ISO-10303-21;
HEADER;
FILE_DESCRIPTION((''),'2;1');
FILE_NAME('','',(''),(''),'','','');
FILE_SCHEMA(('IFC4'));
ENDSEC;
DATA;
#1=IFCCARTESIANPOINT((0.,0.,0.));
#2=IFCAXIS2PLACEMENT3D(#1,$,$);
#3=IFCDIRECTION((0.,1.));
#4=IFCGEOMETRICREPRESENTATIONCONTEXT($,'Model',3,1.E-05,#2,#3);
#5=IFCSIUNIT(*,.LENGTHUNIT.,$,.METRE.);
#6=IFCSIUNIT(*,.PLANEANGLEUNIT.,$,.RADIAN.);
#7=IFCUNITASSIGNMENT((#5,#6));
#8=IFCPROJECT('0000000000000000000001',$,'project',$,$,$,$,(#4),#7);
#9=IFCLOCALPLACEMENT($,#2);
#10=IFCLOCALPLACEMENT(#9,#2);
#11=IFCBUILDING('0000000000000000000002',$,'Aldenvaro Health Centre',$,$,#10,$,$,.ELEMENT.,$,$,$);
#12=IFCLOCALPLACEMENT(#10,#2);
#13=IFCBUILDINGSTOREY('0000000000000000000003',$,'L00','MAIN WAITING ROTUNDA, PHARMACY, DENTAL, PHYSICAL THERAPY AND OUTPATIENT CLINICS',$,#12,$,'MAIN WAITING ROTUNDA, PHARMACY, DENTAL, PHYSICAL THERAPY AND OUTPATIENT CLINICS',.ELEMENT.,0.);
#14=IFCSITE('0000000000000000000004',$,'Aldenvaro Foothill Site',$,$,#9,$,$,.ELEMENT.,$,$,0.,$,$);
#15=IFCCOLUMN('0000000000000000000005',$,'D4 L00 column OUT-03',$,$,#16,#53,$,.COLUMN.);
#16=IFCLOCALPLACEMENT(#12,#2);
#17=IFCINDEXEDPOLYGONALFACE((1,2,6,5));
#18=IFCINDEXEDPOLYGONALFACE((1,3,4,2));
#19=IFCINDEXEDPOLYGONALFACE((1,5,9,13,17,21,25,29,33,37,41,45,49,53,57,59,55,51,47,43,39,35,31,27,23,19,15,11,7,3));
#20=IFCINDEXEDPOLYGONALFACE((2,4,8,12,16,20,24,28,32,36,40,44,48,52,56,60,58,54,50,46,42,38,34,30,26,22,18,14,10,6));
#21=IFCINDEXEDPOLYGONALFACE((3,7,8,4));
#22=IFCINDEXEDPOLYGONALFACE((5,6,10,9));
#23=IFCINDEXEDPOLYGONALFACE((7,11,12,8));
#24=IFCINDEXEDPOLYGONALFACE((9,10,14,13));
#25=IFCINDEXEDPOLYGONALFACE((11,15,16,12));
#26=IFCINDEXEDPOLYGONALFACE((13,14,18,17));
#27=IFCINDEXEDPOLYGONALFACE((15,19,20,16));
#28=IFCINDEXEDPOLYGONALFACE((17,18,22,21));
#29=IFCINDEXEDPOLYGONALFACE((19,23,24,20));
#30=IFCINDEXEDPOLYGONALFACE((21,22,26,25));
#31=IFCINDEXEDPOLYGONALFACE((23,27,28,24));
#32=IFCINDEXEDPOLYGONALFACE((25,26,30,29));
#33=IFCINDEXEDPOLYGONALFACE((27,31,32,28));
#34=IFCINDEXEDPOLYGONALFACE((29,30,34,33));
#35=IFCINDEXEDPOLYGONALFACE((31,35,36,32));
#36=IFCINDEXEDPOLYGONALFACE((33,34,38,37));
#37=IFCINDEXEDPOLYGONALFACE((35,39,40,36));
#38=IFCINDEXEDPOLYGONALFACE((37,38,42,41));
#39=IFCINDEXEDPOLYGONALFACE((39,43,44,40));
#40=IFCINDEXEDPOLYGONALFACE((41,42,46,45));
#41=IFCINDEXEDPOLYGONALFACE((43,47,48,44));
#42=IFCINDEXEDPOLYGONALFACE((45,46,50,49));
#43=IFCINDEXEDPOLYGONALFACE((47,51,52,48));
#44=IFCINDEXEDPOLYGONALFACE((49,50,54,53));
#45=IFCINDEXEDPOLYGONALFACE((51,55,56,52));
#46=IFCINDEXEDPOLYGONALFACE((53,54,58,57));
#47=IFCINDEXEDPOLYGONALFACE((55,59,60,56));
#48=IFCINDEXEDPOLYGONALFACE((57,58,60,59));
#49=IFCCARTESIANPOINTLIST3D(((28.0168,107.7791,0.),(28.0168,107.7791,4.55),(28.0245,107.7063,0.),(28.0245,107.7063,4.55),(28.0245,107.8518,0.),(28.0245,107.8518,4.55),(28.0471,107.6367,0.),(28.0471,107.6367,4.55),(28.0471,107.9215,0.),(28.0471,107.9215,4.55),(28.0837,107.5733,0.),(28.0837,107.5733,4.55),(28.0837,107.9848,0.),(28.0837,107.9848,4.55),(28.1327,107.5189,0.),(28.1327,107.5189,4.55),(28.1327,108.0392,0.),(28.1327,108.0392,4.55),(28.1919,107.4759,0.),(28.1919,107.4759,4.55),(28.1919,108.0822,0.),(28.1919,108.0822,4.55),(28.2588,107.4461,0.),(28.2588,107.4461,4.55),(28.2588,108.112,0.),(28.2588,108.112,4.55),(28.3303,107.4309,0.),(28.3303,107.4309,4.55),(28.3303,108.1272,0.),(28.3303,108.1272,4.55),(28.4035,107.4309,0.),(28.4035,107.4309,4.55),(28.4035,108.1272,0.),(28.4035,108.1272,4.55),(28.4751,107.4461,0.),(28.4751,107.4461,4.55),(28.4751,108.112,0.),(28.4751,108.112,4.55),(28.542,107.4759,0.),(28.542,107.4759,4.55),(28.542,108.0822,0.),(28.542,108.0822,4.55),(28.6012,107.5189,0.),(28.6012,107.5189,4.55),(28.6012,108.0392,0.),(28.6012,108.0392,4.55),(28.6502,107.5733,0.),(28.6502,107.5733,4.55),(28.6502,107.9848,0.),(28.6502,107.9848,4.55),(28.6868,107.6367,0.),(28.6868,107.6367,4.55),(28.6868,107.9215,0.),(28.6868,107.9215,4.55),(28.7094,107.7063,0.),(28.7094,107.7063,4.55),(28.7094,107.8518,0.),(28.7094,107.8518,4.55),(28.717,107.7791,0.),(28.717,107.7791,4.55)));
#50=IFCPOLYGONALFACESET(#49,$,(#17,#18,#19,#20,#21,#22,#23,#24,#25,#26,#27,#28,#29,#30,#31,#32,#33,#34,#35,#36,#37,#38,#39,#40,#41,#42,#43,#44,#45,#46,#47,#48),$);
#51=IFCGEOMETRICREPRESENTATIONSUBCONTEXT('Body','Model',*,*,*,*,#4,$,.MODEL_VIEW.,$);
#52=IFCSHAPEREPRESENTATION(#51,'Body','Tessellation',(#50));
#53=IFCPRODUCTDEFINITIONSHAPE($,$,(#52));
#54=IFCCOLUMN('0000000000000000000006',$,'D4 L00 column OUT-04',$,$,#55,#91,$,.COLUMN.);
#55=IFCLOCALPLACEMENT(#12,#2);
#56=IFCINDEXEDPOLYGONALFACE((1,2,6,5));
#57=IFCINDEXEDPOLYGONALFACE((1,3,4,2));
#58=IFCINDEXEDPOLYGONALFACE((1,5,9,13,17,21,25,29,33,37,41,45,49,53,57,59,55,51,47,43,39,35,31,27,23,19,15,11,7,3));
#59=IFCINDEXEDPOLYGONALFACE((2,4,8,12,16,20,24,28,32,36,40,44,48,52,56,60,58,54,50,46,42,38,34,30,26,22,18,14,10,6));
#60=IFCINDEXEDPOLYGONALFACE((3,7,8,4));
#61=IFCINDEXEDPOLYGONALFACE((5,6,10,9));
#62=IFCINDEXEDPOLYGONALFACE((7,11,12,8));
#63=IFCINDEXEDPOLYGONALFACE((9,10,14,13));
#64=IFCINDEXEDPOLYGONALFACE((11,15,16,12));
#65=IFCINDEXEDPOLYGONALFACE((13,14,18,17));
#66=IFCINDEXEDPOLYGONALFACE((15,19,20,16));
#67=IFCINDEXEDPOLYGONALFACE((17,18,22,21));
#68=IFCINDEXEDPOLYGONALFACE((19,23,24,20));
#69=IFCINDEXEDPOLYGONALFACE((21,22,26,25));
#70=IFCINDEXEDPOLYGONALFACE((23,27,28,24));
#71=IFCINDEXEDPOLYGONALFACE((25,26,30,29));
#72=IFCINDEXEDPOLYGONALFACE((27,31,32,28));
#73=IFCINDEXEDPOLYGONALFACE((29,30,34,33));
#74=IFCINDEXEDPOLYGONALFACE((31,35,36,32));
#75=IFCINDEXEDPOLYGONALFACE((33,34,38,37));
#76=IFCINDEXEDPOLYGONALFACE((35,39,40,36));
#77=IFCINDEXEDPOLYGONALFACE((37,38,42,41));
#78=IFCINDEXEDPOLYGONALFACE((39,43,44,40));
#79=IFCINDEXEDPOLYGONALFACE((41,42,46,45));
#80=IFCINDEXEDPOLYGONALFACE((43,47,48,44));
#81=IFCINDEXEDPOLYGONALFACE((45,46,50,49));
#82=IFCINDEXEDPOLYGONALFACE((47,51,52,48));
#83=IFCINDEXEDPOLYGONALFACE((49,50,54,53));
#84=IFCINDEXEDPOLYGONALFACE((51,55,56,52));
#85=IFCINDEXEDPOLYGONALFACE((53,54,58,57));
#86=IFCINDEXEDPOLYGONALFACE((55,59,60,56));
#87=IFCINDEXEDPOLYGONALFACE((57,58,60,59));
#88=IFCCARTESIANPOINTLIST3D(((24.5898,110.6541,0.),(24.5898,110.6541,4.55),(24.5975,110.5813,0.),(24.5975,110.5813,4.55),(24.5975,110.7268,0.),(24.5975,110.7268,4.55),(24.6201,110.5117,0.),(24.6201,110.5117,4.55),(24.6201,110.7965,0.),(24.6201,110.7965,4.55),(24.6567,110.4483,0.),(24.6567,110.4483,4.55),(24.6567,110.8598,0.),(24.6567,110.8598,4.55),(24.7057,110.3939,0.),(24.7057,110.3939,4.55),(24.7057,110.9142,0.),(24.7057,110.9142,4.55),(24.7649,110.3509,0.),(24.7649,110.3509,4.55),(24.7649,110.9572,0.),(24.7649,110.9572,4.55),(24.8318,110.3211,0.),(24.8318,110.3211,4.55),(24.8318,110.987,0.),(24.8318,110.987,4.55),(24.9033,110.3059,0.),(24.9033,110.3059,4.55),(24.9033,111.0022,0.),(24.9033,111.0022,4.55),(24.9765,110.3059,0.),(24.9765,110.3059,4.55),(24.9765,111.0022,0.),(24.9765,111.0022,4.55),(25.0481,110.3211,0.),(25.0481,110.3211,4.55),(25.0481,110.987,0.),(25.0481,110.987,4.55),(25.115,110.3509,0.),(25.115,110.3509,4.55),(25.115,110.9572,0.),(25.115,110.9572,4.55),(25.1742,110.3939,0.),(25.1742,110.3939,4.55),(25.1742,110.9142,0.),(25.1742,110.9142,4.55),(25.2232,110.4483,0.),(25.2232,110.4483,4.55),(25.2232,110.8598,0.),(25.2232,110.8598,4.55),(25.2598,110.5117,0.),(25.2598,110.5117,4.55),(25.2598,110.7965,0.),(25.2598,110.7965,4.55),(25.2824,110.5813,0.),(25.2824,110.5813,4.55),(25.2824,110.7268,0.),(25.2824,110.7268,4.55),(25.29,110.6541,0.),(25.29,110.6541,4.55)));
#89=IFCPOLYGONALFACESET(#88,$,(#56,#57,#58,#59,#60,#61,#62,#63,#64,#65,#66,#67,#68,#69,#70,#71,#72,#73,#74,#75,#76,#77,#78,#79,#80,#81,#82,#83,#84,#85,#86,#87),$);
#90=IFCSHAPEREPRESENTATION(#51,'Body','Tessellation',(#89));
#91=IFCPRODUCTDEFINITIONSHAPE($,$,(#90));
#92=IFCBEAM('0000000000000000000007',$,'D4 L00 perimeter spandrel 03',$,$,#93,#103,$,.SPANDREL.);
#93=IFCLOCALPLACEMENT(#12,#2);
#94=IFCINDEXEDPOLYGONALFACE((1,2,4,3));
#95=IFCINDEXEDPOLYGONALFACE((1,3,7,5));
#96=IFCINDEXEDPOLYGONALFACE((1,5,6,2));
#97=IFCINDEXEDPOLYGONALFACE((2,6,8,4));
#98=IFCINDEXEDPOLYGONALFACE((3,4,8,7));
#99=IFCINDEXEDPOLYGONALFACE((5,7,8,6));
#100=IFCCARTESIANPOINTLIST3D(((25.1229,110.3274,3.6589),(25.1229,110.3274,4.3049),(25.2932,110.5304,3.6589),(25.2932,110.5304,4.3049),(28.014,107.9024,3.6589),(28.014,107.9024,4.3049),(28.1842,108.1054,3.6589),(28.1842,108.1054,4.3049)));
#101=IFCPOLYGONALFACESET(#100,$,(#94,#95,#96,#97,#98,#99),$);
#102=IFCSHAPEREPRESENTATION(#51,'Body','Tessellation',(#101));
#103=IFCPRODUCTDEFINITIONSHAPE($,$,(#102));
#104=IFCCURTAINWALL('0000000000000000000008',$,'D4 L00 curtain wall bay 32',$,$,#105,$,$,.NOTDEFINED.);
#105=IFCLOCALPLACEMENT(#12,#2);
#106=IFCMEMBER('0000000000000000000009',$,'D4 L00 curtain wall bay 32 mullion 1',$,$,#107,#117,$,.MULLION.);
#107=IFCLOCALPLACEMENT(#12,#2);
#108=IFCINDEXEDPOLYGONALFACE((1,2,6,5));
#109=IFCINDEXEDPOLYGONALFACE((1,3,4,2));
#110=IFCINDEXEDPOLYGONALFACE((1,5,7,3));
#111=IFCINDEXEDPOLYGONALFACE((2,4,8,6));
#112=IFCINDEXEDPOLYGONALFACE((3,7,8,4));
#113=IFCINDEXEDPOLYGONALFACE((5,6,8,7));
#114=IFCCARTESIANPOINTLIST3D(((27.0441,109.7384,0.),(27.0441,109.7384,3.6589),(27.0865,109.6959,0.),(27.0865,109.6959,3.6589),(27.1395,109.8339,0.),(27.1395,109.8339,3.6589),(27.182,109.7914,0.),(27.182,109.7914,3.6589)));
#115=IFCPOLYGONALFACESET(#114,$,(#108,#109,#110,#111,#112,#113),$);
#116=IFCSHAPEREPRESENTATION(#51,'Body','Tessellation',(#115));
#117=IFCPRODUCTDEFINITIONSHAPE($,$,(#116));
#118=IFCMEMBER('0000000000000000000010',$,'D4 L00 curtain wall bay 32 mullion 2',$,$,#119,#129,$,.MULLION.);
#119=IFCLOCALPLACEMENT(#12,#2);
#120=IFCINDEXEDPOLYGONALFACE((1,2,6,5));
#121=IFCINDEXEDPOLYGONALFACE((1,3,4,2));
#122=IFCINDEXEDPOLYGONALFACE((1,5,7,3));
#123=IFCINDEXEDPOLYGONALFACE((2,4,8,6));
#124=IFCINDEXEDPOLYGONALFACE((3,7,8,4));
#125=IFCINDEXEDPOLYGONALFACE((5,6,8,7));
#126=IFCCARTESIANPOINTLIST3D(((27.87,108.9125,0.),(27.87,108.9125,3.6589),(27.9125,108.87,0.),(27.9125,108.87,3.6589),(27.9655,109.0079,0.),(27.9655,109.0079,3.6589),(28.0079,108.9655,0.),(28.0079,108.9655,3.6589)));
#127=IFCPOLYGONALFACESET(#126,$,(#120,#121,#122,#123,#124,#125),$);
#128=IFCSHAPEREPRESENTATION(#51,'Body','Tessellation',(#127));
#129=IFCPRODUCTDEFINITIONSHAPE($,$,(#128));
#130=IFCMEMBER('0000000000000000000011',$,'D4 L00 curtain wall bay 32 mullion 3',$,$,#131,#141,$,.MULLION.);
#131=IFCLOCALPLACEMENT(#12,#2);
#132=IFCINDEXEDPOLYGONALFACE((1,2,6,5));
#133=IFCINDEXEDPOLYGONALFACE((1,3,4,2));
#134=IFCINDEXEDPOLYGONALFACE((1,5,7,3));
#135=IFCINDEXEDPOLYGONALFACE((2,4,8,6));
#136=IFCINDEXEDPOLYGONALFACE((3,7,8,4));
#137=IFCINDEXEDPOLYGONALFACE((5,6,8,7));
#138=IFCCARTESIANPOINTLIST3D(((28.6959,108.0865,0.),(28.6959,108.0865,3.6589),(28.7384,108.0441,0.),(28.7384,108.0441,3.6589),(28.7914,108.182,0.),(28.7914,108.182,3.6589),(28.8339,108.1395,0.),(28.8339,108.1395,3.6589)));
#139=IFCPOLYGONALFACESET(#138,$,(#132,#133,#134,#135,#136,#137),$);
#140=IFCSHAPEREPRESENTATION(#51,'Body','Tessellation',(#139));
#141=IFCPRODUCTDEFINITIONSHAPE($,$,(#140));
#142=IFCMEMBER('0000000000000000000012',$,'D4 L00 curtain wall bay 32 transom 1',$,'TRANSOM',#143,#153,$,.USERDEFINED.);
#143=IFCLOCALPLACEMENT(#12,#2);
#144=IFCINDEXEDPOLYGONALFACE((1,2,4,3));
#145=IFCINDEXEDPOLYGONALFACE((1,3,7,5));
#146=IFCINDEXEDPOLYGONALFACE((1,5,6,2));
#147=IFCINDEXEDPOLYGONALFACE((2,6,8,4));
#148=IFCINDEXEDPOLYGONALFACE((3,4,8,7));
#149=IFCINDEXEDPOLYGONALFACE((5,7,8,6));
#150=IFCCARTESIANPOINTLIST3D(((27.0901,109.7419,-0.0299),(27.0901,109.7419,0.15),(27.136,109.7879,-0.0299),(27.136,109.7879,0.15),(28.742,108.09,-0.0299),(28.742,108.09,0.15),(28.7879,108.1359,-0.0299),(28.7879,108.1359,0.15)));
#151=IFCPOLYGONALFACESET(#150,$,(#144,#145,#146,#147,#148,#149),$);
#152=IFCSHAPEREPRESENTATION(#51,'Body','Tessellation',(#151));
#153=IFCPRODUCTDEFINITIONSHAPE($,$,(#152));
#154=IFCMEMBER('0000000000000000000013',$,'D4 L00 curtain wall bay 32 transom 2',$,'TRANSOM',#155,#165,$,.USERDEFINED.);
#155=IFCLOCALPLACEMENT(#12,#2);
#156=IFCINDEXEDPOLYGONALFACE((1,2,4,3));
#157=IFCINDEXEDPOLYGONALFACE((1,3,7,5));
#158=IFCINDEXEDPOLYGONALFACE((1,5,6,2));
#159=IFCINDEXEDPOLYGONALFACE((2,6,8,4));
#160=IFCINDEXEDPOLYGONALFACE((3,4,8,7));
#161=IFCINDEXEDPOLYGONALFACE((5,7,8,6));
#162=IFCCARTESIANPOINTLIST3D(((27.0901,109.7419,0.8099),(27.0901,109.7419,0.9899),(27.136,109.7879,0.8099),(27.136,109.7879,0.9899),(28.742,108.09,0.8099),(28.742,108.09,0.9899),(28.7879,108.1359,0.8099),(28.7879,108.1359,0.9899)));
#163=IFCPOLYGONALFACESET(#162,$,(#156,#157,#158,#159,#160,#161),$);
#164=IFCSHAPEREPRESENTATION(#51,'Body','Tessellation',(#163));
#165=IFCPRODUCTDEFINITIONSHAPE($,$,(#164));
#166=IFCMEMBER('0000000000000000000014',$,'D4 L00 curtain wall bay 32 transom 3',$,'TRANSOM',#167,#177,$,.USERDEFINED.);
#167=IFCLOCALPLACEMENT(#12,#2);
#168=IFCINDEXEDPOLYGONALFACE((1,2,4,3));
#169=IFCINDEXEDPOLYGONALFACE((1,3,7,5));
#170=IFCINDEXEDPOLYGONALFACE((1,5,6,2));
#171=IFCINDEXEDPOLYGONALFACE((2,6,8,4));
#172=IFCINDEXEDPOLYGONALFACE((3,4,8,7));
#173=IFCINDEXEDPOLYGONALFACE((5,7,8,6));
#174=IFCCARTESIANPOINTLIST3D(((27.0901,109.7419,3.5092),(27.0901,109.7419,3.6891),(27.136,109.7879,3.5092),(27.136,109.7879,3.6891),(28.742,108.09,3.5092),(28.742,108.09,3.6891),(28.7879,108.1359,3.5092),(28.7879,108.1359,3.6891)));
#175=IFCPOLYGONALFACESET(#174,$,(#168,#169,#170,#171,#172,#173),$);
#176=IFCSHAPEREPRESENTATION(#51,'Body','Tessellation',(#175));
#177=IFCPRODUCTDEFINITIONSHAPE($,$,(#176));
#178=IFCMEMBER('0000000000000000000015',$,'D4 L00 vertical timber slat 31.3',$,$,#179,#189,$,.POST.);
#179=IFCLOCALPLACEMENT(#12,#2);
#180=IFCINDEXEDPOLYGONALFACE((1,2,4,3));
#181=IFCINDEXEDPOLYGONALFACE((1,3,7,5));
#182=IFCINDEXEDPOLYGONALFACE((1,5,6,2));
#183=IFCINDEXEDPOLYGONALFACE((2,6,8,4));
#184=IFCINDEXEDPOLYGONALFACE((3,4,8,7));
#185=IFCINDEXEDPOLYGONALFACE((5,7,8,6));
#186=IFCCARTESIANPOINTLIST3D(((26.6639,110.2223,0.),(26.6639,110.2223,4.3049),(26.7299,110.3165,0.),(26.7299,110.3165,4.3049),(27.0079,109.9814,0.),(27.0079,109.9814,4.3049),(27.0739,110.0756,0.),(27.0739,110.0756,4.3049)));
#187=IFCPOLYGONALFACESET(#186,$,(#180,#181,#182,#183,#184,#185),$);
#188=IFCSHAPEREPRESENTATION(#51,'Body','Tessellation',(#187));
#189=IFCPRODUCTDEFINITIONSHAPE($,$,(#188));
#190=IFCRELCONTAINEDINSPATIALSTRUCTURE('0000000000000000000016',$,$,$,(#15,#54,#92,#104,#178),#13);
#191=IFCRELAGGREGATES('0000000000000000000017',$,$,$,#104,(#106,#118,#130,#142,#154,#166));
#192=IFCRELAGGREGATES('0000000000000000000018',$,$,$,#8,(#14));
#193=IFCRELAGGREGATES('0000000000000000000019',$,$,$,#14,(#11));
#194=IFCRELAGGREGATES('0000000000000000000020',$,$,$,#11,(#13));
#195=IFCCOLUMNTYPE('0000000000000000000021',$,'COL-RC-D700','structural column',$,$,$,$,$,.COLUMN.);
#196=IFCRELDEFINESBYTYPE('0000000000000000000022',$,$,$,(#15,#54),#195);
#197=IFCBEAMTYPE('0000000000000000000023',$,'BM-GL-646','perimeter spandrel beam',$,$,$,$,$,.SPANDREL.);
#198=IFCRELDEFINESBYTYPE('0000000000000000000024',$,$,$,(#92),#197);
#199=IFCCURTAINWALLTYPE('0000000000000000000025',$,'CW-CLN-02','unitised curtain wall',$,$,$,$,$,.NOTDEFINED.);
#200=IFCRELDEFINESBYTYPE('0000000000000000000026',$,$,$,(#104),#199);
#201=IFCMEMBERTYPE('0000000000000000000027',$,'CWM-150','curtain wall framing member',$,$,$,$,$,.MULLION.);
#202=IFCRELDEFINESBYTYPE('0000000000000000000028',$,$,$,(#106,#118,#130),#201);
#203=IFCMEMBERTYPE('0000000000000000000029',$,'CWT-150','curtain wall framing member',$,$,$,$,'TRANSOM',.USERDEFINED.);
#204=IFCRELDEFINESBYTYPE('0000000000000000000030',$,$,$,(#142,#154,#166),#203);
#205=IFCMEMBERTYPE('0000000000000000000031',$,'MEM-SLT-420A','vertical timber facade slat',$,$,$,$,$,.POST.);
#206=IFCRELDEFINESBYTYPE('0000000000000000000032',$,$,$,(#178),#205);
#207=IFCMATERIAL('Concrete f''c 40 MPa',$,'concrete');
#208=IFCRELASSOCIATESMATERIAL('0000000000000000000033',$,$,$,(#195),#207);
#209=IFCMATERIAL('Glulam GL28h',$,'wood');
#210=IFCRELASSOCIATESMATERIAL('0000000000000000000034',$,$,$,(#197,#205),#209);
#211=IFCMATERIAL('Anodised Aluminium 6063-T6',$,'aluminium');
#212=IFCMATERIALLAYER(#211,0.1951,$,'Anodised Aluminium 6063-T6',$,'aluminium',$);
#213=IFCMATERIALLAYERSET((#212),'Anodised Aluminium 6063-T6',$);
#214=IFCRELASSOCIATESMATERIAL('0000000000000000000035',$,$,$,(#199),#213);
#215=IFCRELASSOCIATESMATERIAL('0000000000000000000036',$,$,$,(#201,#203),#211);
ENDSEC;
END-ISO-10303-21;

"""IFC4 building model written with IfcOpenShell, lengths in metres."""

from ifc_helpers import new_model, si_unit, direction, frame, origin, origin_2d, place, context, subcontext, project, spatial, rectangle, circle, extrude, material, layer, layer_set, material_profile, profile_set, type_object, element, aggregate, save


model = new_model("IFC4")

# Units and contexts
model_context = context("Model", 3, precision=1e-05, world=origin(), true_north=direction((0.0, 1.0)))
body_context = subcontext(model_context, "Body", "Model", "MODEL_VIEW")
ifc_project = project(units=[si_unit("LENGTHUNIT", "METRE"), si_unit("PLANEANGLEUNIT", "RADIAN")], contexts=[model_context])

# Site, building, storey
site_placement = place(None, origin())
site = spatial("IfcSite", under=ifc_project, at=site_placement, Name="Aldenvaro Foothill Site", CompositionType="ELEMENT", RefElevation=0.0)
building_placement = place(site_placement, origin())
building = spatial("IfcBuilding", under=site, at=building_placement, Name="Aldenvaro Health Centre", CompositionType="ELEMENT")
storey_placement = place(building_placement, origin())
storey = spatial("IfcBuildingStorey", under=building, at=storey_placement, Name="L00", Description="MAIN WAITING ROTUNDA, PHARMACY, DENTAL, PHYSICAL THERAPY AND OUTPATIENT CLINICS", LongName="MAIN WAITING ROTUNDA, PHARMACY, DENTAL, PHYSICAL THERAPY AND OUTPATIENT CLINICS", CompositionType="ELEMENT", Elevation=0.0)

# Columns
ifc_material_1 = material(Name="Concrete f'c 40 MPa", Category="concrete")
ifc_material_profile_1 = material_profile(ifc_material_1, circle(Radius=0.3501, at=origin_2d()), Name="RC D700", Category="concrete")
ifc_profile_set_1 = profile_set([ifc_material_profile_1], Name="Concrete f'c 40 MPa")
column_type = type_object("IfcColumnType", Name="COL-RC-D700", Description="structural column", PredefinedType="COLUMN", material=ifc_profile_set_1)
for number, where, z_axis, x_axis, name in (
    (1, (28.3669, 107.7791, 0.0), (0.0, 0.0, 1.0), (1.0, 0.0, 0.0), "D4 L00 column OUT-03"),
    (2, (24.9399, 110.6541, 0.0), (0.0, 0.0, 1.0), (1.0, 0.0, 0.0), "D4 L00 column OUT-04"),
):
    element("IfcColumn", number, at=place(storey_placement, frame(where, z_axis=z_axis, x_axis=x_axis)), inside=storey, type_object=column_type, Name=name, PredefinedType="COLUMN", context=body_context, shape_type="SweptSolid", body=[
        extrude(circle(Radius=0.3501, at=origin_2d()), origin(), (0.0, 0.0, 1.0), 4.55),
    ])

# Beam
ifc_material_2 = material(Name="Glulam GL28h", Category="wood")
ifc_material_profile_2 = material_profile(ifc_material_2, rectangle(XDim=0.2649, YDim=0.646, at=origin_2d()), Name="GL 265x646", Category="wood")
ifc_profile_set_2 = profile_set([ifc_material_profile_2], Name="Glulam GL28h")
beam_type = type_object("IfcBeamType", Name="BM-GL-646", Description="perimeter spandrel beam", PredefinedType="SPANDREL", material=ifc_profile_set_2)
beam_placement = place(storey_placement, frame((28.0991, 108.0039, 3.9819), z_axis=(-0.76616, 0.64265, 0.0), x_axis=(-0.64265, -0.76616, 0.0)))
element("IfcBeam", 3, at=beam_placement, inside=storey, type_object=beam_type, Name="D4 L00 perimeter spandrel 03", PredefinedType="SPANDREL", context=body_context, shape_type="SweptSolid", body=[
    extrude(rectangle(XDim=0.2649, YDim=0.646, at=origin_2d()), origin(), (0.0, 0.0, 1.0), 3.7734),
])

# Curtain wall, members
ifc_material_3 = material(Name="Anodised Aluminium 6063-T6", Category="aluminium")
ifc_layer_1 = layer(ifc_material_3, 0.1951, Name="Anodised Aluminium 6063-T6", Category="aluminium")
ifc_layer_set_1 = layer_set([ifc_layer_1], Name="Anodised Aluminium 6063-T6")
curtain_wall_type = type_object("IfcCurtainWallType", Name="CW-CLN-02", Description="unitised curtain wall", PredefinedType="NOTDEFINED", material=ifc_layer_set_1)
curtain_wall_placement = place(storey_placement, origin())
curtain_wall = element("IfcCurtainWall", 4, at=curtain_wall_placement, inside=storey, type_object=curtain_wall_type, Name="D4 L00 curtain wall bay 32", PredefinedType="NOTDEFINED")
ifc_material_profile_3 = material_profile(ifc_material_3, rectangle(XDim=0.0601, YDim=0.135, at=origin_2d()), Name="ALU 60x135", Category="aluminium")
ifc_profile_set_3 = profile_set([ifc_material_profile_3], Name="Anodised Aluminium 6063-T6")
member_type_1 = type_object("IfcMemberType", Name="CWM-150", Description="curtain wall framing member", PredefinedType="MULLION", material=ifc_profile_set_3)
member_1_placement = place(storey_placement, frame((27.113, 109.7649, 0.0), z_axis=(0.0, 0.0, 1.0), x_axis=(0.707107, -0.707107, 0.0)))
member_1 = element("IfcMember", 5, at=member_1_placement, type_object=member_type_1, Name="D4 L00 curtain wall bay 32 mullion 1", PredefinedType="MULLION", context=body_context, shape_type="SweptSolid", body=[
    extrude(rectangle(XDim=0.0601, YDim=0.135, at=origin_2d()), origin(), (0.0, 0.0, 1.0), 3.6589),
])
member_2_placement = place(storey_placement, frame((27.939, 108.939, 0.0), z_axis=(0.0, 0.0, 1.0), x_axis=(0.707107, -0.707107, 0.0)))
member_2 = element("IfcMember", 6, at=member_2_placement, type_object=member_type_1, Name="D4 L00 curtain wall bay 32 mullion 2", PredefinedType="MULLION", context=body_context, shape_type="SweptSolid", body=[
    extrude(rectangle(XDim=0.0601, YDim=0.135, at=origin_2d()), origin(), (0.0, 0.0, 1.0), 3.6589),
])
member_3_placement = place(storey_placement, frame((28.7649, 108.113, 0.0), z_axis=(0.0, 0.0, 1.0), x_axis=(0.707107, -0.707107, 0.0)))
member_3 = element("IfcMember", 7, at=member_3_placement, type_object=member_type_1, Name="D4 L00 curtain wall bay 32 mullion 3", PredefinedType="MULLION", context=body_context, shape_type="SweptSolid", body=[
    extrude(rectangle(XDim=0.0601, YDim=0.135, at=origin_2d()), origin(), (0.0, 0.0, 1.0), 3.6589),
])
ifc_material_profile_4 = material_profile(ifc_material_3, rectangle(XDim=0.0649, YDim=0.1799, at=origin_2d()), Name="ALU 65x180", Category="aluminium")
ifc_profile_set_4 = profile_set([ifc_material_profile_4], Name="Anodised Aluminium 6063-T6")
member_type_2 = type_object("IfcMemberType", Name="CWT-150", Description="curtain wall framing member", ElementType="TRANSOM", PredefinedType="USERDEFINED", material=ifc_profile_set_4)
member_4_placement = place(storey_placement, frame((27.113, 109.7649, 0.0601), z_axis=(0.707107, -0.707107, 0.0), x_axis=(0.707107, 0.707107, 0.0)))
member_4 = element("IfcMember", 8, at=member_4_placement, type_object=member_type_2, Name="D4 L00 curtain wall bay 32 transom 1", ObjectType="TRANSOM", PredefinedType="USERDEFINED", context=body_context, shape_type="SweptSolid", body=[
    extrude(rectangle(XDim=0.0649, YDim=0.1799, at=origin_2d()), origin(), (0.0, 0.0, 1.0), 2.3362),
])
member_5_placement = place(storey_placement, frame((27.113, 109.7649, 0.8999), z_axis=(0.707107, -0.707107, 0.0), x_axis=(0.707107, 0.707107, 0.0)))
member_5 = element("IfcMember", 9, at=member_5_placement, type_object=member_type_2, Name="D4 L00 curtain wall bay 32 transom 2", ObjectType="TRANSOM", PredefinedType="USERDEFINED", context=body_context, shape_type="SweptSolid", body=[
    extrude(rectangle(XDim=0.0649, YDim=0.1799, at=origin_2d()), origin(), (0.0, 0.0, 1.0), 2.3362),
])
member_6_placement = place(storey_placement, frame((27.113, 109.7649, 3.5991), z_axis=(0.707107, -0.707107, 0.0), x_axis=(0.707107, 0.707107, 0.0)))
member_6 = element("IfcMember", 10, at=member_6_placement, type_object=member_type_2, Name="D4 L00 curtain wall bay 32 transom 3", ObjectType="TRANSOM", PredefinedType="USERDEFINED", context=body_context, shape_type="SweptSolid", body=[
    extrude(rectangle(XDim=0.0649, YDim=0.1799, at=origin_2d()), origin(), (0.0, 0.0, 1.0), 2.3362),
])

# Member
ifc_material_profile_5 = material_profile(ifc_material_2, rectangle(XDim=0.115, YDim=0.4199, at=origin_2d()), Name="GL 115x420", Category="wood")
ifc_profile_set_5 = profile_set([ifc_material_profile_5], Name="Glulam GL28h")
member_type_3 = type_object("IfcMemberType", Name="MEM-SLT-420A", Description="vertical timber facade slat", PredefinedType="POST", material=ifc_profile_set_5)
for number, where, z_axis, x_axis, name in (
    (11, (26.8689, 110.1489, 0.0), (0.0, 0.0, 1.0), (0.573721, 0.819051, 0.0), "D4 L00 vertical timber slat 31.3"),
):
    element("IfcMember", number, at=place(storey_placement, frame(where, z_axis=z_axis, x_axis=x_axis)), inside=storey, type_object=member_type_3, Name=name, PredefinedType="POST", context=body_context, shape_type="SweptSolid", body=[
        extrude(rectangle(XDim=0.115, YDim=0.4199, at=origin_2d()), origin(), (0.0, 0.0, 1.0), 4.3049),
    ])

aggregate(curtain_wall, [member_1, member_2, member_3, member_4, member_5, member_6])

save(model, "model.ifc")
